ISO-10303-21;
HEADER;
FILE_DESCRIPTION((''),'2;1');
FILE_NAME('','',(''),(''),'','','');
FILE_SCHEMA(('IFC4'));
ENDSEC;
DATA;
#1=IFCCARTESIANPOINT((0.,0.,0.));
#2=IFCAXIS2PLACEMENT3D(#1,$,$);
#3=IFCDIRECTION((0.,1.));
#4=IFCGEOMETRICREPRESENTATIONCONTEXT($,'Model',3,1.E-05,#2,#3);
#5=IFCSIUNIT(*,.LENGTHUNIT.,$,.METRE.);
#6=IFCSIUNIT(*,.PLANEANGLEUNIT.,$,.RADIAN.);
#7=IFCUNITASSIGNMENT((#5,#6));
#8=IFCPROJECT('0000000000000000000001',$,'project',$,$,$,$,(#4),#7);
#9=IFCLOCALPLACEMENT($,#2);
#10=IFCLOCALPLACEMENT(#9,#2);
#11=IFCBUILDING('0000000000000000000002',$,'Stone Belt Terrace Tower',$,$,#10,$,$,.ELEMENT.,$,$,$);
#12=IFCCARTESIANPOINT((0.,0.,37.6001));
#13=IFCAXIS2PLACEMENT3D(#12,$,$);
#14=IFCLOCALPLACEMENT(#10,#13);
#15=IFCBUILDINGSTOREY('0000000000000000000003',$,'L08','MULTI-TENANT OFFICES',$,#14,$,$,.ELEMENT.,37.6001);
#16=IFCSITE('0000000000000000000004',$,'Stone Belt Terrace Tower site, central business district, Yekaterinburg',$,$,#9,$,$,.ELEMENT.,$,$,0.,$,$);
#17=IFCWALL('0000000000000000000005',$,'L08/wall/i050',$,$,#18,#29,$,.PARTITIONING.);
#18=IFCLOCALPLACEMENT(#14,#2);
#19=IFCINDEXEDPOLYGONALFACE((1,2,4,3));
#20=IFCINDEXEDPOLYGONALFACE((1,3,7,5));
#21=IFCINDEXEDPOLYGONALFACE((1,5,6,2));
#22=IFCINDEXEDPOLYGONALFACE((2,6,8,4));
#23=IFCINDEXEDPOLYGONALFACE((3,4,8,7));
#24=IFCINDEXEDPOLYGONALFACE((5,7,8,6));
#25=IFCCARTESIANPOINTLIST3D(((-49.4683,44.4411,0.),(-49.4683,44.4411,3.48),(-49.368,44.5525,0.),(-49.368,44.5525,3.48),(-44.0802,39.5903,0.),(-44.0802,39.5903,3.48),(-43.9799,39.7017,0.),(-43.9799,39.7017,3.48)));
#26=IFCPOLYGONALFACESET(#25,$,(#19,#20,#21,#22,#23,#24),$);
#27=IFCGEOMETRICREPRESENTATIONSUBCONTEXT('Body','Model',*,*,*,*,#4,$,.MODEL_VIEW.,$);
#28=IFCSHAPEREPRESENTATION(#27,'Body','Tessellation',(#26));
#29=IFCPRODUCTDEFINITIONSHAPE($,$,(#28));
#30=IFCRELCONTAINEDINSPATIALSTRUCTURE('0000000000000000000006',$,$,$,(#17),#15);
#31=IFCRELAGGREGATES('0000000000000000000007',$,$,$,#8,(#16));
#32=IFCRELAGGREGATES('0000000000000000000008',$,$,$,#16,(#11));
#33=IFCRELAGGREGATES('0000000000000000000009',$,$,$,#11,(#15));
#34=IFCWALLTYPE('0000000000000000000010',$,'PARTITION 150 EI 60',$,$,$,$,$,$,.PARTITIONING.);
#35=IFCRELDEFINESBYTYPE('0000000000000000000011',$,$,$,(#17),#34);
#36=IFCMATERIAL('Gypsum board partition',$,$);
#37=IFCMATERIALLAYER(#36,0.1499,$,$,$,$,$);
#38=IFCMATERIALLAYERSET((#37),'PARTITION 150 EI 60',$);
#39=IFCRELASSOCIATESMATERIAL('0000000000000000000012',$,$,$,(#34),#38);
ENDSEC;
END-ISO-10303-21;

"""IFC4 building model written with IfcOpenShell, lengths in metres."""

from ifc_helpers import new_model, si_unit, direction, frame, frame_2d, origin, place, context, subcontext, project, spatial, rectangle, extrude, material, layer, layer_set, type_object, element, save


model = new_model("IFC4")

# Units and contexts
model_context = context("Model", 3, precision=1e-05, world=origin(), true_north=direction((0.0, 1.0)))
body_context = subcontext(model_context, "Body", "Model", "MODEL_VIEW")
ifc_project = project(units=[si_unit("LENGTHUNIT", "METRE"), si_unit("PLANEANGLEUNIT", "RADIAN")], contexts=[model_context])

# Site, building, storey
site_placement = place(None, origin())
site = spatial("IfcSite", under=ifc_project, at=site_placement, Name="Stone Belt Terrace Tower site, central business district, Yekaterinburg", CompositionType="ELEMENT", RefElevation=0.0)
building_placement = place(site_placement, origin())
building = spatial("IfcBuilding", under=site, at=building_placement, Name="Stone Belt Terrace Tower", CompositionType="ELEMENT")
storey_placement = place(building_placement, frame((0.0, 0.0, 37.6001)))
storey = spatial("IfcBuildingStorey", under=building, at=storey_placement, Name="L08", Description="MULTI-TENANT OFFICES", CompositionType="ELEMENT", Elevation=37.6001)

# Shared definitions
ifc_material_1 = material(Name="Gypsum board partition")
ifc_layer_1 = layer(ifc_material_1, 0.1499)
ifc_layer_set_1 = layer_set([ifc_layer_1], Name="PARTITION 150 EI 60")
wall_type = type_object("IfcWallType", Name="PARTITION 150 EI 60", PredefinedType="PARTITIONING", material=ifc_layer_set_1)

# Wall
wall_1_placement = place(storey_placement, frame((-44.03, 39.646, 0.0), z_axis=(0.0, 0.0, 1.0), x_axis=(-0.743194, 0.669076, 0.0)))
element("IfcWall", 1, at=wall_1_placement, inside=storey, type_object=wall_type, Name="L08/wall/i050", PredefinedType="PARTITIONING", context=body_context, shape_type="SweptSolid", body=[
    extrude(rectangle(XDim=7.25, YDim=0.1499, at=frame_2d((3.625, 0.0))), origin(), (0.0, 0.0, 1.0), 3.48),
])

save(model, "model.ifc")
